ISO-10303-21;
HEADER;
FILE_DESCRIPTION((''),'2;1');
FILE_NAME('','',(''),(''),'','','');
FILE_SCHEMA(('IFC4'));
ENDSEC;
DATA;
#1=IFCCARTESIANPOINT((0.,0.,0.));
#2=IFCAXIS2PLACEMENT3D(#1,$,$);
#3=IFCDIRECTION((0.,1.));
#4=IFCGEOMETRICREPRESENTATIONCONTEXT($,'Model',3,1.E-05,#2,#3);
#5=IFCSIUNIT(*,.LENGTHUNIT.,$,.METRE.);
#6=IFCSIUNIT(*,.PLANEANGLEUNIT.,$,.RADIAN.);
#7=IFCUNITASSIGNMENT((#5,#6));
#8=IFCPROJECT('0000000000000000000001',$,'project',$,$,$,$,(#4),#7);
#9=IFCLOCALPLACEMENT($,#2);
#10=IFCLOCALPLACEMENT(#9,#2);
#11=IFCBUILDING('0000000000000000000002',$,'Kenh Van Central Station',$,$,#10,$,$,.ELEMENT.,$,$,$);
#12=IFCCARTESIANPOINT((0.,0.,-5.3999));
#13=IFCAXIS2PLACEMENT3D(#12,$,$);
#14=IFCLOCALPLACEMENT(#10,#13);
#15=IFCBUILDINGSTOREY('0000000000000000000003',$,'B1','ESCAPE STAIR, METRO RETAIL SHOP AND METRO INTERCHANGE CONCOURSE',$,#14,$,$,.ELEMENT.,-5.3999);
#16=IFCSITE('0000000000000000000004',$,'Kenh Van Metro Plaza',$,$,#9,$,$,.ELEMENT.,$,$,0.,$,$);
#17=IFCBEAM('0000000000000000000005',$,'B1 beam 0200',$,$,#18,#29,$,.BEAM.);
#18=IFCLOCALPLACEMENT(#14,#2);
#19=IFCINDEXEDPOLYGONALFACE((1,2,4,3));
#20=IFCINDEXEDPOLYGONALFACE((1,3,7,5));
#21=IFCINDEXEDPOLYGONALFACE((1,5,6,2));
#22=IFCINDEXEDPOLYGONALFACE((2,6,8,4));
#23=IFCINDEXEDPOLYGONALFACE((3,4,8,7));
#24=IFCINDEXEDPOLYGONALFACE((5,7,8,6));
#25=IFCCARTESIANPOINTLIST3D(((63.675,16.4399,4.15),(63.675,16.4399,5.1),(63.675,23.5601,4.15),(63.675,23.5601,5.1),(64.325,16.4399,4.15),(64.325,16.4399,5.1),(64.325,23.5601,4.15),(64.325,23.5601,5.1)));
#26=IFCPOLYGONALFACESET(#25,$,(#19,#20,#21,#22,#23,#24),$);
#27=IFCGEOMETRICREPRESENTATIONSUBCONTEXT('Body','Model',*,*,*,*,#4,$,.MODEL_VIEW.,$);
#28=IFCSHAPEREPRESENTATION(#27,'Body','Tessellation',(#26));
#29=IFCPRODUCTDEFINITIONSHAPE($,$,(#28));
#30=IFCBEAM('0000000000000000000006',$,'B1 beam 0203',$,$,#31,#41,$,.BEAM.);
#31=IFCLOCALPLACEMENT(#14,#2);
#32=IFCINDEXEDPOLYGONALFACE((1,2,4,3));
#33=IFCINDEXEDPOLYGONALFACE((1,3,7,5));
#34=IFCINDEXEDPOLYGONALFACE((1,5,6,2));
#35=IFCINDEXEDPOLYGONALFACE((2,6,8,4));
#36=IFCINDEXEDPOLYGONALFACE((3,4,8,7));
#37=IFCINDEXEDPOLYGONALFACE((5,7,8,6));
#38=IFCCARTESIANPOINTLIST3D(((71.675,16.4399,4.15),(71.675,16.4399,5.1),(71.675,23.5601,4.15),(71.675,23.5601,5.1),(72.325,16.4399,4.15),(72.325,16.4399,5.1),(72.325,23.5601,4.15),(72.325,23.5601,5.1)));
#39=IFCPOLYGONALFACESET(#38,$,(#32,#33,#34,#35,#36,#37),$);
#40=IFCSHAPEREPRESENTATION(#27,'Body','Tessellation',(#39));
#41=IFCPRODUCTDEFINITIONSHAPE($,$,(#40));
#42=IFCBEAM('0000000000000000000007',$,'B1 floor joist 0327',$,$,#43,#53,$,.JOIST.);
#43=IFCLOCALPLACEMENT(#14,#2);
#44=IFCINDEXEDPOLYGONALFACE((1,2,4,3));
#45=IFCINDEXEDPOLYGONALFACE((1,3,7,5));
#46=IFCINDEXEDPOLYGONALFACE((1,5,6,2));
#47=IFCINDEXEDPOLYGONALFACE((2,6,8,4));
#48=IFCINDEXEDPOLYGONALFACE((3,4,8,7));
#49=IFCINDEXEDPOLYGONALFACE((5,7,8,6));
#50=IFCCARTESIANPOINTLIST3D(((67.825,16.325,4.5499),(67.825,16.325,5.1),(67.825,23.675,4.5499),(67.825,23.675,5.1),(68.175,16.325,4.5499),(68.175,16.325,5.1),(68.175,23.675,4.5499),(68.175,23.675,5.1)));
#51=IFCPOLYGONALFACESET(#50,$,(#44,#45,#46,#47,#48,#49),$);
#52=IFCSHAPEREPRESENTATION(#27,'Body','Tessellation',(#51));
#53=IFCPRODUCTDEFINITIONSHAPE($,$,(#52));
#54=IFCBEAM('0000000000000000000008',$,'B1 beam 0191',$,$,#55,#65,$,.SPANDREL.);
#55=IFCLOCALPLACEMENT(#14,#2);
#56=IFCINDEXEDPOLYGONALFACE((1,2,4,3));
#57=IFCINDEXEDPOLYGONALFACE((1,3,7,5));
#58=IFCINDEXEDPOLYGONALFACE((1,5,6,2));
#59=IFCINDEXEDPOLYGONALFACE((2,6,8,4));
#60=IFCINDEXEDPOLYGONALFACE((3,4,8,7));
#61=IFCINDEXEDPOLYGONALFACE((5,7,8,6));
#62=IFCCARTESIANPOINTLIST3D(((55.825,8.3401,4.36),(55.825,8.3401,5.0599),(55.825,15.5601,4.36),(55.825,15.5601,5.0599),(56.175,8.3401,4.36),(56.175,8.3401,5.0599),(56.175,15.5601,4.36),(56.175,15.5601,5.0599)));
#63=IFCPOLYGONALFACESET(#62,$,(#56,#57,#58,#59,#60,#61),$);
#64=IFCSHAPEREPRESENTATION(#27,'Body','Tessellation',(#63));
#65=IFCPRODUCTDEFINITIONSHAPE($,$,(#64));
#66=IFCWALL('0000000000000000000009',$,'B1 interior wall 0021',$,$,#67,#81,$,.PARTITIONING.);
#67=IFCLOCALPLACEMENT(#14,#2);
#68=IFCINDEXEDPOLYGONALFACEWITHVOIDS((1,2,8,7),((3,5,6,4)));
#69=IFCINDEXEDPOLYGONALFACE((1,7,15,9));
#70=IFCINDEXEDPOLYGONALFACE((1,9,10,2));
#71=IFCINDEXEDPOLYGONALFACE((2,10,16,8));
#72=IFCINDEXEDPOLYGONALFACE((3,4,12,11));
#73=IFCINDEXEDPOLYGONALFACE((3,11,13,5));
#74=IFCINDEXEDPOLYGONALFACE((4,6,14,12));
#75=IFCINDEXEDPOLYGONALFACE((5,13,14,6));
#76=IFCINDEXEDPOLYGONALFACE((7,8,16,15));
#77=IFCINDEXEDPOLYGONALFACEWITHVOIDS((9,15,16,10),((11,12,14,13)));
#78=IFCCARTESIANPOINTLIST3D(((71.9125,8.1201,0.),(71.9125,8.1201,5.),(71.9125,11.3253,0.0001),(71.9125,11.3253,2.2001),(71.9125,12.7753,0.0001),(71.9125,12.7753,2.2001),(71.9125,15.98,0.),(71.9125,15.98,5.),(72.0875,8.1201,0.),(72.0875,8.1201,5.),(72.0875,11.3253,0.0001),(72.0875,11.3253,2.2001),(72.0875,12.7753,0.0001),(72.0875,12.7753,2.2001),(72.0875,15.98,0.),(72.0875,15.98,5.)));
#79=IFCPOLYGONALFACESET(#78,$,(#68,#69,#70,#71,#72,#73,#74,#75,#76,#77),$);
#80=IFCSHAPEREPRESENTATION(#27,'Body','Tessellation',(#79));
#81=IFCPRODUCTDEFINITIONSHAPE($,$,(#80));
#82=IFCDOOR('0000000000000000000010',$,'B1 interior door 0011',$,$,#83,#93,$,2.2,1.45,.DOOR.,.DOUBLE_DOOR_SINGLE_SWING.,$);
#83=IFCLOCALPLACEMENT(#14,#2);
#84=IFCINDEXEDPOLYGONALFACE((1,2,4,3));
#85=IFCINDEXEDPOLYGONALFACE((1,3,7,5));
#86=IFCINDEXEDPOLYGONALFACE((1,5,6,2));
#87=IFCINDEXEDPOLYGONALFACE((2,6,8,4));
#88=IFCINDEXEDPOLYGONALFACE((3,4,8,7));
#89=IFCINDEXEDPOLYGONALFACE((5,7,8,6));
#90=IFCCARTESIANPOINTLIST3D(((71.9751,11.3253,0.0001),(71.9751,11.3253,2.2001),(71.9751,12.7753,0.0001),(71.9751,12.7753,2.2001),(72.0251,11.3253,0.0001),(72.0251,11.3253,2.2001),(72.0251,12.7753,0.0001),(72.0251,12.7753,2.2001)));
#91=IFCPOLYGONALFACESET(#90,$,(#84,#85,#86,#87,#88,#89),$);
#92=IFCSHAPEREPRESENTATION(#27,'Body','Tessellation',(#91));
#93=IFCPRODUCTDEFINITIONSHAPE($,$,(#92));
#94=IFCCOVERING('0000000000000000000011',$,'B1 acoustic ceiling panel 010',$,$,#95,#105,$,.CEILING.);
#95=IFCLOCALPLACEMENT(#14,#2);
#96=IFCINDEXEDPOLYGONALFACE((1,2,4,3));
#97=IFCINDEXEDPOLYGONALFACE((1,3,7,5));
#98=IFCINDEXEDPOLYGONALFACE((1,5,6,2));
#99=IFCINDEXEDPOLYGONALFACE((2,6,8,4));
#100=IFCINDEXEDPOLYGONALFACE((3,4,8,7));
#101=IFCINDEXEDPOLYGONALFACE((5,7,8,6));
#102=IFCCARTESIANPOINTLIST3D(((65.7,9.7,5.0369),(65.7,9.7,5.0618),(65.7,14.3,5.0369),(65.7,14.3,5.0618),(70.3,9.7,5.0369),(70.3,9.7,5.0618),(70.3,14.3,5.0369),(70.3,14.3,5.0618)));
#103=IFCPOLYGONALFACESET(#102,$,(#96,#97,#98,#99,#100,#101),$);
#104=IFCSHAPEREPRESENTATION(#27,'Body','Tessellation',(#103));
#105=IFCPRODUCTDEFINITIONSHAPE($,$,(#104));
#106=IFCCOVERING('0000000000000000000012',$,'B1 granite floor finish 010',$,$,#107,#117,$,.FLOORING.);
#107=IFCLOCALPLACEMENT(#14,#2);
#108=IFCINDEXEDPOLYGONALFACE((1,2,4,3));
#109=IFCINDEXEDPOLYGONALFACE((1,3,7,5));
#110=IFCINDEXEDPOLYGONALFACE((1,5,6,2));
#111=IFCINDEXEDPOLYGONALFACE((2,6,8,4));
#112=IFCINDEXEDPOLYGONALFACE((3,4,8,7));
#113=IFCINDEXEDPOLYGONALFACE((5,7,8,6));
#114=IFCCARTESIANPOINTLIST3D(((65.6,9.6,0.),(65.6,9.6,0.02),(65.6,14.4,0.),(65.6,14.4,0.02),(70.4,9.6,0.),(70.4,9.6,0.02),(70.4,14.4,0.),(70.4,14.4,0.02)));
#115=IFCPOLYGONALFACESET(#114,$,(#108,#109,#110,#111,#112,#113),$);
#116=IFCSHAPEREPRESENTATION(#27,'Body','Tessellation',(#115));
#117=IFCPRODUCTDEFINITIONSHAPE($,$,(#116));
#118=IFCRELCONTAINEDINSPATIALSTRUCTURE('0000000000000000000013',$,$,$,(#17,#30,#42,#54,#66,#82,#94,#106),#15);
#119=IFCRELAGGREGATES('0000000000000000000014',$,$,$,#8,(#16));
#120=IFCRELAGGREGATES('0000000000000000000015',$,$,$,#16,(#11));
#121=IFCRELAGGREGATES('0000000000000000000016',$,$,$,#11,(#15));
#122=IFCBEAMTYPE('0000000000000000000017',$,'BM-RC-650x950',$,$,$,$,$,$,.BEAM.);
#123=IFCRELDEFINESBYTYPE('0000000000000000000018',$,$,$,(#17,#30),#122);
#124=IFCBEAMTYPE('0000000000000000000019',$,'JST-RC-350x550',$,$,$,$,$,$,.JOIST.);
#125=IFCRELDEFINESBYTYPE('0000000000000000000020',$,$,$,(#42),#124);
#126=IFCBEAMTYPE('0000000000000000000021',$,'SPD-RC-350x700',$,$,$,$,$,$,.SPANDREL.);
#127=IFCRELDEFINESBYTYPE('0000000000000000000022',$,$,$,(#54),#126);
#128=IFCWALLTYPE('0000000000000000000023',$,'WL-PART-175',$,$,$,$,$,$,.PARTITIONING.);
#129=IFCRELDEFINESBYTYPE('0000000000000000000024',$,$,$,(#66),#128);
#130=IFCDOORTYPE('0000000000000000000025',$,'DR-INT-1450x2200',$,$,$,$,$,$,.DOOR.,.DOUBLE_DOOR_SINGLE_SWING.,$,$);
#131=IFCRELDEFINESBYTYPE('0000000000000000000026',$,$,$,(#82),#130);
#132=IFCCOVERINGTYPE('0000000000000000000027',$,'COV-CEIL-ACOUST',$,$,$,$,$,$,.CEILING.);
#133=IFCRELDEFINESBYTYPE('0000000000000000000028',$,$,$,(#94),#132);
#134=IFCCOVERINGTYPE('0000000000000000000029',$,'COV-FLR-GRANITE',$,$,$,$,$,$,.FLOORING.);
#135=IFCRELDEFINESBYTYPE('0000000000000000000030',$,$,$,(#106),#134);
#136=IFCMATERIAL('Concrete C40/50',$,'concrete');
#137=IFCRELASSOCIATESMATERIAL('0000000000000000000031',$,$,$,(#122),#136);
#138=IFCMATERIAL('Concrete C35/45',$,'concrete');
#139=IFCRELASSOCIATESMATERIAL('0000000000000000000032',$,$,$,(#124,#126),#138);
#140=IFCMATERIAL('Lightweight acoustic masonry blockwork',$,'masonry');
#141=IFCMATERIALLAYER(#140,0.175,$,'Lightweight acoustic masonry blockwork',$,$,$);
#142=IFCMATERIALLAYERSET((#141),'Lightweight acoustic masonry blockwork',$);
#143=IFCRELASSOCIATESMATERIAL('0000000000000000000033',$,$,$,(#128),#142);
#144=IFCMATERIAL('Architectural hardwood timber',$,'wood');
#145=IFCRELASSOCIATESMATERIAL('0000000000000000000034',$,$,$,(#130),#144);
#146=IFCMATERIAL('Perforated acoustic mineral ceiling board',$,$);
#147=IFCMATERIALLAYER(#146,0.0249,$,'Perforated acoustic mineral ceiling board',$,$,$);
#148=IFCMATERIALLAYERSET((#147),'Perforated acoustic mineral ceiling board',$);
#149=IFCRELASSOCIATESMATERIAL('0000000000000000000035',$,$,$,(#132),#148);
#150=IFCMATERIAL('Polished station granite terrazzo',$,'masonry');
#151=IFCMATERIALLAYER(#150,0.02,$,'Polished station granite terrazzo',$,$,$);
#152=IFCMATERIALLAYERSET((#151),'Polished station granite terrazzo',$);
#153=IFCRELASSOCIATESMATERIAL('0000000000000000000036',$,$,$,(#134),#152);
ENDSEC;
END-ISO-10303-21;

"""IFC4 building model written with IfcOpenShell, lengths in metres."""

from ifc_helpers import new_model, si_unit, direction, frame, frame_2d, origin, origin_2d, place, context, subcontext, project, spatial, rectangle, extrude, material, layer, layer_set, material_profile, profile_set, type_object, element, fill, save


model = new_model("IFC4")

# Units and contexts
model_context = context("Model", 3, precision=1e-05, world=origin(), true_north=direction((0.0, 1.0)))
body_context = subcontext(model_context, "Body", "Model", "MODEL_VIEW")
ifc_project = project(units=[si_unit("LENGTHUNIT", "METRE"), si_unit("PLANEANGLEUNIT", "RADIAN")], contexts=[model_context])

# Site, building, storey
site_placement = place(None, origin())
site = spatial("IfcSite", under=ifc_project, at=site_placement, Name="Kenh Van Metro Plaza", CompositionType="ELEMENT", RefElevation=0.0)
building_placement = place(site_placement, origin())
building = spatial("IfcBuilding", under=site, at=building_placement, Name="Kenh Van Central Station", CompositionType="ELEMENT")
storey_placement = place(building_placement, frame((0.0, 0.0, -5.3999)))
storey = spatial("IfcBuildingStorey", under=building, at=storey_placement, Name="B1", Description="ESCAPE STAIR, METRO RETAIL SHOP AND METRO INTERCHANGE CONCOURSE", CompositionType="ELEMENT", Elevation=-5.3999)

# Shared definitions
ifc_material_1 = material(Name="Concrete C40/50", Category="concrete")

# Beams
ifc_material_profile_1 = material_profile(ifc_material_1, rectangle(XDim=0.6499, YDim=0.95, at=origin_2d()), Name="RC 650x950")
ifc_profile_set_1 = profile_set([ifc_material_profile_1], Name="Concrete C40/50")
beam_type_1 = type_object("IfcBeamType", Name="BM-RC-650x950", PredefinedType="BEAM", material=ifc_profile_set_1)
for number, where, z_axis, x_axis, name in (
    (1, (64.0, 16.4399, 4.625), (0.0, 1.0, 0.0), (-1.0, 0.0, 0.0), "B1 beam 0200"),
    (2, (72.0, 16.4399, 4.625), (0.0, 1.0, 0.0), (-1.0, 0.0, 0.0), "B1 beam 0203"),
):
    element("IfcBeam", number, at=place(storey_placement, frame(where, z_axis=z_axis, x_axis=x_axis)), inside=storey, type_object=beam_type_1, Name=name, PredefinedType="BEAM", context=body_context, shape_type="SweptSolid", body=[
        extrude(rectangle(XDim=0.6499, YDim=0.95, at=origin_2d()), origin(), (0.0, 0.0, 1.0), 7.1201),
    ])
ifc_material_2 = material(Name="Concrete C35/45", Category="concrete")
ifc_material_profile_2 = material_profile(ifc_material_2, rectangle(XDim=0.3501, YDim=0.55, at=origin_2d()), Name="RC 350x550")
ifc_profile_set_2 = profile_set([ifc_material_profile_2], Name="Concrete C35/45")
beam_type_2 = type_object("IfcBeamType", Name="JST-RC-350x550", PredefinedType="JOIST", material=ifc_profile_set_2)
beam_1_placement = place(storey_placement, frame((68.0, 16.325, 4.825), z_axis=(0.0, 1.0, 0.0), x_axis=(-1.0, 0.0, 0.0)))
element("IfcBeam", 3, at=beam_1_placement, inside=storey, type_object=beam_type_2, Name="B1 floor joist 0327", PredefinedType="JOIST", context=body_context, shape_type="SweptSolid", body=[
    extrude(rectangle(XDim=0.3501, YDim=0.55, at=origin_2d()), origin(), (0.0, 0.0, 1.0), 7.3501),
])
ifc_material_profile_3 = material_profile(ifc_material_2, rectangle(XDim=0.3501, YDim=0.7, at=origin_2d()), Name="RC 350x700")
ifc_profile_set_3 = profile_set([ifc_material_profile_3], Name="Concrete C35/45")
beam_type_3 = type_object("IfcBeamType", Name="SPD-RC-350x700", PredefinedType="SPANDREL", material=ifc_profile_set_3)
beam_2_placement = place(storey_placement, frame((56.0, 8.3401, 4.71), z_axis=(0.0, 1.0, 0.0), x_axis=(-1.0, 0.0, 0.0)))
element("IfcBeam", 4, at=beam_2_placement, inside=storey, type_object=beam_type_3, Name="B1 beam 0191", PredefinedType="SPANDREL", context=body_context, shape_type="SweptSolid", body=[
    extrude(rectangle(XDim=0.3501, YDim=0.7, at=origin_2d()), origin(), (0.0, 0.0, 1.0), 7.22),
])

# Wall, opening, door
ifc_material_3 = material(Name="Lightweight acoustic masonry blockwork", Category="masonry")
ifc_layer_1 = layer(ifc_material_3, 0.175, Name="Lightweight acoustic masonry blockwork")
ifc_layer_set_1 = layer_set([ifc_layer_1], Name="Lightweight acoustic masonry blockwork")
wall_type = type_object("IfcWallType", Name="WL-PART-175", PredefinedType="PARTITIONING", material=ifc_layer_set_1)
wall_placement = place(storey_placement, frame((72.0, 8.1201, 0.0), z_axis=(0.0, 0.0, 1.0), x_axis=(0.0, 1.0, 0.0)))
wall = element("IfcWall", 5, at=wall_placement, inside=storey, type_object=wall_type, Name="B1 interior wall 0021", PredefinedType="PARTITIONING", context=body_context, shape_type="SweptSolid", body=[
    extrude(rectangle(XDim=7.8599, YDim=0.175, at=frame_2d((3.9299, 0.0))), origin(), (0.0, 0.0, 1.0), 5.0),
])
opening_placement = place(wall_placement, frame((3.2051, 0.0, 0.0)))
opening = element("IfcOpeningElement", 6, at=opening_placement, cuts=wall, PredefinedType="OPENING", context=body_context, shape_type="SweptSolid", body=[
    extrude(rectangle(XDim=1.45, YDim=2.2, at=frame_2d((0.7251, 1.1001))), frame((0.0, 0.0974, 0.0), z_axis=(0.0, -1.0, 0.0), x_axis=(1.0, 0.0, 0.0)), (0.0, 0.0, 1.0), 0.1951),
])
ifc_material_4 = material(Name="Architectural hardwood timber", Category="wood")
door_type = type_object("IfcDoorType", Name="DR-INT-1450x2200", OperationType="DOUBLE_DOOR_SINGLE_SWING", PredefinedType="DOOR", material=ifc_material_4)
door_placement = place(opening_placement, origin())
door = element("IfcDoor", 7, at=door_placement, inside=storey, type_object=door_type, Name="B1 interior door 0011", OperationType="DOUBLE_DOOR_SINGLE_SWING", OverallHeight=2.2, OverallWidth=1.45, PredefinedType="DOOR", context=body_context, shape_type="SweptSolid", body=[
    extrude(rectangle(XDim=1.45, YDim=2.2, at=frame_2d((0.7251, 1.1001))), frame((0.0, 0.0249, 0.0), z_axis=(0.0, -1.0, 0.0), x_axis=(1.0, 0.0, 0.0)), (0.0, 0.0, 1.0), 0.05),
])
fill(opening, door)

# Coverings
ifc_material_5 = material(Name="Perforated acoustic mineral ceiling board")
ifc_layer_2 = layer(ifc_material_5, 0.0249, Name="Perforated acoustic mineral ceiling board")
ifc_layer_set_2 = layer_set([ifc_layer_2], Name="Perforated acoustic mineral ceiling board")
covering_type_1 = type_object("IfcCoveringType", Name="COV-CEIL-ACOUST", PredefinedType="CEILING", material=ifc_layer_set_2)
covering_1_placement = place(storey_placement, frame((68.0, 12.0, 5.0369), z_axis=(0.0, 0.0, 1.0), x_axis=(1.0, 0.0, 0.0)))
element("IfcCovering", 8, at=covering_1_placement, inside=storey, type_object=covering_type_1, Name="B1 acoustic ceiling panel 010", PredefinedType="CEILING", context=body_context, shape_type="SweptSolid", body=[
    extrude(rectangle(XDim=4.6001, YDim=4.6001, at=origin_2d()), origin(), (0.0, 0.0, 1.0), 0.0249),
])
ifc_material_6 = material(Name="Polished station granite terrazzo", Category="masonry")
ifc_layer_3 = layer(ifc_material_6, 0.02, Name="Polished station granite terrazzo")
ifc_layer_set_3 = layer_set([ifc_layer_3], Name="Polished station granite terrazzo")
covering_type_2 = type_object("IfcCoveringType", Name="COV-FLR-GRANITE", PredefinedType="FLOORING", material=ifc_layer_set_3)
covering_2_placement = place(storey_placement, frame((68.0, 12.0, 0.0), z_axis=(0.0, 0.0, 1.0), x_axis=(1.0, 0.0, 0.0)))
element("IfcCovering", 9, at=covering_2_placement, inside=storey, type_object=covering_type_2, Name="B1 granite floor finish 010", PredefinedType="FLOORING", context=body_context, shape_type="SweptSolid", body=[
    extrude(rectangle(XDim=4.8, YDim=4.8, at=origin_2d()), origin(), (0.0, 0.0, 1.0), 0.02),
])

save(model, "model.ifc")
